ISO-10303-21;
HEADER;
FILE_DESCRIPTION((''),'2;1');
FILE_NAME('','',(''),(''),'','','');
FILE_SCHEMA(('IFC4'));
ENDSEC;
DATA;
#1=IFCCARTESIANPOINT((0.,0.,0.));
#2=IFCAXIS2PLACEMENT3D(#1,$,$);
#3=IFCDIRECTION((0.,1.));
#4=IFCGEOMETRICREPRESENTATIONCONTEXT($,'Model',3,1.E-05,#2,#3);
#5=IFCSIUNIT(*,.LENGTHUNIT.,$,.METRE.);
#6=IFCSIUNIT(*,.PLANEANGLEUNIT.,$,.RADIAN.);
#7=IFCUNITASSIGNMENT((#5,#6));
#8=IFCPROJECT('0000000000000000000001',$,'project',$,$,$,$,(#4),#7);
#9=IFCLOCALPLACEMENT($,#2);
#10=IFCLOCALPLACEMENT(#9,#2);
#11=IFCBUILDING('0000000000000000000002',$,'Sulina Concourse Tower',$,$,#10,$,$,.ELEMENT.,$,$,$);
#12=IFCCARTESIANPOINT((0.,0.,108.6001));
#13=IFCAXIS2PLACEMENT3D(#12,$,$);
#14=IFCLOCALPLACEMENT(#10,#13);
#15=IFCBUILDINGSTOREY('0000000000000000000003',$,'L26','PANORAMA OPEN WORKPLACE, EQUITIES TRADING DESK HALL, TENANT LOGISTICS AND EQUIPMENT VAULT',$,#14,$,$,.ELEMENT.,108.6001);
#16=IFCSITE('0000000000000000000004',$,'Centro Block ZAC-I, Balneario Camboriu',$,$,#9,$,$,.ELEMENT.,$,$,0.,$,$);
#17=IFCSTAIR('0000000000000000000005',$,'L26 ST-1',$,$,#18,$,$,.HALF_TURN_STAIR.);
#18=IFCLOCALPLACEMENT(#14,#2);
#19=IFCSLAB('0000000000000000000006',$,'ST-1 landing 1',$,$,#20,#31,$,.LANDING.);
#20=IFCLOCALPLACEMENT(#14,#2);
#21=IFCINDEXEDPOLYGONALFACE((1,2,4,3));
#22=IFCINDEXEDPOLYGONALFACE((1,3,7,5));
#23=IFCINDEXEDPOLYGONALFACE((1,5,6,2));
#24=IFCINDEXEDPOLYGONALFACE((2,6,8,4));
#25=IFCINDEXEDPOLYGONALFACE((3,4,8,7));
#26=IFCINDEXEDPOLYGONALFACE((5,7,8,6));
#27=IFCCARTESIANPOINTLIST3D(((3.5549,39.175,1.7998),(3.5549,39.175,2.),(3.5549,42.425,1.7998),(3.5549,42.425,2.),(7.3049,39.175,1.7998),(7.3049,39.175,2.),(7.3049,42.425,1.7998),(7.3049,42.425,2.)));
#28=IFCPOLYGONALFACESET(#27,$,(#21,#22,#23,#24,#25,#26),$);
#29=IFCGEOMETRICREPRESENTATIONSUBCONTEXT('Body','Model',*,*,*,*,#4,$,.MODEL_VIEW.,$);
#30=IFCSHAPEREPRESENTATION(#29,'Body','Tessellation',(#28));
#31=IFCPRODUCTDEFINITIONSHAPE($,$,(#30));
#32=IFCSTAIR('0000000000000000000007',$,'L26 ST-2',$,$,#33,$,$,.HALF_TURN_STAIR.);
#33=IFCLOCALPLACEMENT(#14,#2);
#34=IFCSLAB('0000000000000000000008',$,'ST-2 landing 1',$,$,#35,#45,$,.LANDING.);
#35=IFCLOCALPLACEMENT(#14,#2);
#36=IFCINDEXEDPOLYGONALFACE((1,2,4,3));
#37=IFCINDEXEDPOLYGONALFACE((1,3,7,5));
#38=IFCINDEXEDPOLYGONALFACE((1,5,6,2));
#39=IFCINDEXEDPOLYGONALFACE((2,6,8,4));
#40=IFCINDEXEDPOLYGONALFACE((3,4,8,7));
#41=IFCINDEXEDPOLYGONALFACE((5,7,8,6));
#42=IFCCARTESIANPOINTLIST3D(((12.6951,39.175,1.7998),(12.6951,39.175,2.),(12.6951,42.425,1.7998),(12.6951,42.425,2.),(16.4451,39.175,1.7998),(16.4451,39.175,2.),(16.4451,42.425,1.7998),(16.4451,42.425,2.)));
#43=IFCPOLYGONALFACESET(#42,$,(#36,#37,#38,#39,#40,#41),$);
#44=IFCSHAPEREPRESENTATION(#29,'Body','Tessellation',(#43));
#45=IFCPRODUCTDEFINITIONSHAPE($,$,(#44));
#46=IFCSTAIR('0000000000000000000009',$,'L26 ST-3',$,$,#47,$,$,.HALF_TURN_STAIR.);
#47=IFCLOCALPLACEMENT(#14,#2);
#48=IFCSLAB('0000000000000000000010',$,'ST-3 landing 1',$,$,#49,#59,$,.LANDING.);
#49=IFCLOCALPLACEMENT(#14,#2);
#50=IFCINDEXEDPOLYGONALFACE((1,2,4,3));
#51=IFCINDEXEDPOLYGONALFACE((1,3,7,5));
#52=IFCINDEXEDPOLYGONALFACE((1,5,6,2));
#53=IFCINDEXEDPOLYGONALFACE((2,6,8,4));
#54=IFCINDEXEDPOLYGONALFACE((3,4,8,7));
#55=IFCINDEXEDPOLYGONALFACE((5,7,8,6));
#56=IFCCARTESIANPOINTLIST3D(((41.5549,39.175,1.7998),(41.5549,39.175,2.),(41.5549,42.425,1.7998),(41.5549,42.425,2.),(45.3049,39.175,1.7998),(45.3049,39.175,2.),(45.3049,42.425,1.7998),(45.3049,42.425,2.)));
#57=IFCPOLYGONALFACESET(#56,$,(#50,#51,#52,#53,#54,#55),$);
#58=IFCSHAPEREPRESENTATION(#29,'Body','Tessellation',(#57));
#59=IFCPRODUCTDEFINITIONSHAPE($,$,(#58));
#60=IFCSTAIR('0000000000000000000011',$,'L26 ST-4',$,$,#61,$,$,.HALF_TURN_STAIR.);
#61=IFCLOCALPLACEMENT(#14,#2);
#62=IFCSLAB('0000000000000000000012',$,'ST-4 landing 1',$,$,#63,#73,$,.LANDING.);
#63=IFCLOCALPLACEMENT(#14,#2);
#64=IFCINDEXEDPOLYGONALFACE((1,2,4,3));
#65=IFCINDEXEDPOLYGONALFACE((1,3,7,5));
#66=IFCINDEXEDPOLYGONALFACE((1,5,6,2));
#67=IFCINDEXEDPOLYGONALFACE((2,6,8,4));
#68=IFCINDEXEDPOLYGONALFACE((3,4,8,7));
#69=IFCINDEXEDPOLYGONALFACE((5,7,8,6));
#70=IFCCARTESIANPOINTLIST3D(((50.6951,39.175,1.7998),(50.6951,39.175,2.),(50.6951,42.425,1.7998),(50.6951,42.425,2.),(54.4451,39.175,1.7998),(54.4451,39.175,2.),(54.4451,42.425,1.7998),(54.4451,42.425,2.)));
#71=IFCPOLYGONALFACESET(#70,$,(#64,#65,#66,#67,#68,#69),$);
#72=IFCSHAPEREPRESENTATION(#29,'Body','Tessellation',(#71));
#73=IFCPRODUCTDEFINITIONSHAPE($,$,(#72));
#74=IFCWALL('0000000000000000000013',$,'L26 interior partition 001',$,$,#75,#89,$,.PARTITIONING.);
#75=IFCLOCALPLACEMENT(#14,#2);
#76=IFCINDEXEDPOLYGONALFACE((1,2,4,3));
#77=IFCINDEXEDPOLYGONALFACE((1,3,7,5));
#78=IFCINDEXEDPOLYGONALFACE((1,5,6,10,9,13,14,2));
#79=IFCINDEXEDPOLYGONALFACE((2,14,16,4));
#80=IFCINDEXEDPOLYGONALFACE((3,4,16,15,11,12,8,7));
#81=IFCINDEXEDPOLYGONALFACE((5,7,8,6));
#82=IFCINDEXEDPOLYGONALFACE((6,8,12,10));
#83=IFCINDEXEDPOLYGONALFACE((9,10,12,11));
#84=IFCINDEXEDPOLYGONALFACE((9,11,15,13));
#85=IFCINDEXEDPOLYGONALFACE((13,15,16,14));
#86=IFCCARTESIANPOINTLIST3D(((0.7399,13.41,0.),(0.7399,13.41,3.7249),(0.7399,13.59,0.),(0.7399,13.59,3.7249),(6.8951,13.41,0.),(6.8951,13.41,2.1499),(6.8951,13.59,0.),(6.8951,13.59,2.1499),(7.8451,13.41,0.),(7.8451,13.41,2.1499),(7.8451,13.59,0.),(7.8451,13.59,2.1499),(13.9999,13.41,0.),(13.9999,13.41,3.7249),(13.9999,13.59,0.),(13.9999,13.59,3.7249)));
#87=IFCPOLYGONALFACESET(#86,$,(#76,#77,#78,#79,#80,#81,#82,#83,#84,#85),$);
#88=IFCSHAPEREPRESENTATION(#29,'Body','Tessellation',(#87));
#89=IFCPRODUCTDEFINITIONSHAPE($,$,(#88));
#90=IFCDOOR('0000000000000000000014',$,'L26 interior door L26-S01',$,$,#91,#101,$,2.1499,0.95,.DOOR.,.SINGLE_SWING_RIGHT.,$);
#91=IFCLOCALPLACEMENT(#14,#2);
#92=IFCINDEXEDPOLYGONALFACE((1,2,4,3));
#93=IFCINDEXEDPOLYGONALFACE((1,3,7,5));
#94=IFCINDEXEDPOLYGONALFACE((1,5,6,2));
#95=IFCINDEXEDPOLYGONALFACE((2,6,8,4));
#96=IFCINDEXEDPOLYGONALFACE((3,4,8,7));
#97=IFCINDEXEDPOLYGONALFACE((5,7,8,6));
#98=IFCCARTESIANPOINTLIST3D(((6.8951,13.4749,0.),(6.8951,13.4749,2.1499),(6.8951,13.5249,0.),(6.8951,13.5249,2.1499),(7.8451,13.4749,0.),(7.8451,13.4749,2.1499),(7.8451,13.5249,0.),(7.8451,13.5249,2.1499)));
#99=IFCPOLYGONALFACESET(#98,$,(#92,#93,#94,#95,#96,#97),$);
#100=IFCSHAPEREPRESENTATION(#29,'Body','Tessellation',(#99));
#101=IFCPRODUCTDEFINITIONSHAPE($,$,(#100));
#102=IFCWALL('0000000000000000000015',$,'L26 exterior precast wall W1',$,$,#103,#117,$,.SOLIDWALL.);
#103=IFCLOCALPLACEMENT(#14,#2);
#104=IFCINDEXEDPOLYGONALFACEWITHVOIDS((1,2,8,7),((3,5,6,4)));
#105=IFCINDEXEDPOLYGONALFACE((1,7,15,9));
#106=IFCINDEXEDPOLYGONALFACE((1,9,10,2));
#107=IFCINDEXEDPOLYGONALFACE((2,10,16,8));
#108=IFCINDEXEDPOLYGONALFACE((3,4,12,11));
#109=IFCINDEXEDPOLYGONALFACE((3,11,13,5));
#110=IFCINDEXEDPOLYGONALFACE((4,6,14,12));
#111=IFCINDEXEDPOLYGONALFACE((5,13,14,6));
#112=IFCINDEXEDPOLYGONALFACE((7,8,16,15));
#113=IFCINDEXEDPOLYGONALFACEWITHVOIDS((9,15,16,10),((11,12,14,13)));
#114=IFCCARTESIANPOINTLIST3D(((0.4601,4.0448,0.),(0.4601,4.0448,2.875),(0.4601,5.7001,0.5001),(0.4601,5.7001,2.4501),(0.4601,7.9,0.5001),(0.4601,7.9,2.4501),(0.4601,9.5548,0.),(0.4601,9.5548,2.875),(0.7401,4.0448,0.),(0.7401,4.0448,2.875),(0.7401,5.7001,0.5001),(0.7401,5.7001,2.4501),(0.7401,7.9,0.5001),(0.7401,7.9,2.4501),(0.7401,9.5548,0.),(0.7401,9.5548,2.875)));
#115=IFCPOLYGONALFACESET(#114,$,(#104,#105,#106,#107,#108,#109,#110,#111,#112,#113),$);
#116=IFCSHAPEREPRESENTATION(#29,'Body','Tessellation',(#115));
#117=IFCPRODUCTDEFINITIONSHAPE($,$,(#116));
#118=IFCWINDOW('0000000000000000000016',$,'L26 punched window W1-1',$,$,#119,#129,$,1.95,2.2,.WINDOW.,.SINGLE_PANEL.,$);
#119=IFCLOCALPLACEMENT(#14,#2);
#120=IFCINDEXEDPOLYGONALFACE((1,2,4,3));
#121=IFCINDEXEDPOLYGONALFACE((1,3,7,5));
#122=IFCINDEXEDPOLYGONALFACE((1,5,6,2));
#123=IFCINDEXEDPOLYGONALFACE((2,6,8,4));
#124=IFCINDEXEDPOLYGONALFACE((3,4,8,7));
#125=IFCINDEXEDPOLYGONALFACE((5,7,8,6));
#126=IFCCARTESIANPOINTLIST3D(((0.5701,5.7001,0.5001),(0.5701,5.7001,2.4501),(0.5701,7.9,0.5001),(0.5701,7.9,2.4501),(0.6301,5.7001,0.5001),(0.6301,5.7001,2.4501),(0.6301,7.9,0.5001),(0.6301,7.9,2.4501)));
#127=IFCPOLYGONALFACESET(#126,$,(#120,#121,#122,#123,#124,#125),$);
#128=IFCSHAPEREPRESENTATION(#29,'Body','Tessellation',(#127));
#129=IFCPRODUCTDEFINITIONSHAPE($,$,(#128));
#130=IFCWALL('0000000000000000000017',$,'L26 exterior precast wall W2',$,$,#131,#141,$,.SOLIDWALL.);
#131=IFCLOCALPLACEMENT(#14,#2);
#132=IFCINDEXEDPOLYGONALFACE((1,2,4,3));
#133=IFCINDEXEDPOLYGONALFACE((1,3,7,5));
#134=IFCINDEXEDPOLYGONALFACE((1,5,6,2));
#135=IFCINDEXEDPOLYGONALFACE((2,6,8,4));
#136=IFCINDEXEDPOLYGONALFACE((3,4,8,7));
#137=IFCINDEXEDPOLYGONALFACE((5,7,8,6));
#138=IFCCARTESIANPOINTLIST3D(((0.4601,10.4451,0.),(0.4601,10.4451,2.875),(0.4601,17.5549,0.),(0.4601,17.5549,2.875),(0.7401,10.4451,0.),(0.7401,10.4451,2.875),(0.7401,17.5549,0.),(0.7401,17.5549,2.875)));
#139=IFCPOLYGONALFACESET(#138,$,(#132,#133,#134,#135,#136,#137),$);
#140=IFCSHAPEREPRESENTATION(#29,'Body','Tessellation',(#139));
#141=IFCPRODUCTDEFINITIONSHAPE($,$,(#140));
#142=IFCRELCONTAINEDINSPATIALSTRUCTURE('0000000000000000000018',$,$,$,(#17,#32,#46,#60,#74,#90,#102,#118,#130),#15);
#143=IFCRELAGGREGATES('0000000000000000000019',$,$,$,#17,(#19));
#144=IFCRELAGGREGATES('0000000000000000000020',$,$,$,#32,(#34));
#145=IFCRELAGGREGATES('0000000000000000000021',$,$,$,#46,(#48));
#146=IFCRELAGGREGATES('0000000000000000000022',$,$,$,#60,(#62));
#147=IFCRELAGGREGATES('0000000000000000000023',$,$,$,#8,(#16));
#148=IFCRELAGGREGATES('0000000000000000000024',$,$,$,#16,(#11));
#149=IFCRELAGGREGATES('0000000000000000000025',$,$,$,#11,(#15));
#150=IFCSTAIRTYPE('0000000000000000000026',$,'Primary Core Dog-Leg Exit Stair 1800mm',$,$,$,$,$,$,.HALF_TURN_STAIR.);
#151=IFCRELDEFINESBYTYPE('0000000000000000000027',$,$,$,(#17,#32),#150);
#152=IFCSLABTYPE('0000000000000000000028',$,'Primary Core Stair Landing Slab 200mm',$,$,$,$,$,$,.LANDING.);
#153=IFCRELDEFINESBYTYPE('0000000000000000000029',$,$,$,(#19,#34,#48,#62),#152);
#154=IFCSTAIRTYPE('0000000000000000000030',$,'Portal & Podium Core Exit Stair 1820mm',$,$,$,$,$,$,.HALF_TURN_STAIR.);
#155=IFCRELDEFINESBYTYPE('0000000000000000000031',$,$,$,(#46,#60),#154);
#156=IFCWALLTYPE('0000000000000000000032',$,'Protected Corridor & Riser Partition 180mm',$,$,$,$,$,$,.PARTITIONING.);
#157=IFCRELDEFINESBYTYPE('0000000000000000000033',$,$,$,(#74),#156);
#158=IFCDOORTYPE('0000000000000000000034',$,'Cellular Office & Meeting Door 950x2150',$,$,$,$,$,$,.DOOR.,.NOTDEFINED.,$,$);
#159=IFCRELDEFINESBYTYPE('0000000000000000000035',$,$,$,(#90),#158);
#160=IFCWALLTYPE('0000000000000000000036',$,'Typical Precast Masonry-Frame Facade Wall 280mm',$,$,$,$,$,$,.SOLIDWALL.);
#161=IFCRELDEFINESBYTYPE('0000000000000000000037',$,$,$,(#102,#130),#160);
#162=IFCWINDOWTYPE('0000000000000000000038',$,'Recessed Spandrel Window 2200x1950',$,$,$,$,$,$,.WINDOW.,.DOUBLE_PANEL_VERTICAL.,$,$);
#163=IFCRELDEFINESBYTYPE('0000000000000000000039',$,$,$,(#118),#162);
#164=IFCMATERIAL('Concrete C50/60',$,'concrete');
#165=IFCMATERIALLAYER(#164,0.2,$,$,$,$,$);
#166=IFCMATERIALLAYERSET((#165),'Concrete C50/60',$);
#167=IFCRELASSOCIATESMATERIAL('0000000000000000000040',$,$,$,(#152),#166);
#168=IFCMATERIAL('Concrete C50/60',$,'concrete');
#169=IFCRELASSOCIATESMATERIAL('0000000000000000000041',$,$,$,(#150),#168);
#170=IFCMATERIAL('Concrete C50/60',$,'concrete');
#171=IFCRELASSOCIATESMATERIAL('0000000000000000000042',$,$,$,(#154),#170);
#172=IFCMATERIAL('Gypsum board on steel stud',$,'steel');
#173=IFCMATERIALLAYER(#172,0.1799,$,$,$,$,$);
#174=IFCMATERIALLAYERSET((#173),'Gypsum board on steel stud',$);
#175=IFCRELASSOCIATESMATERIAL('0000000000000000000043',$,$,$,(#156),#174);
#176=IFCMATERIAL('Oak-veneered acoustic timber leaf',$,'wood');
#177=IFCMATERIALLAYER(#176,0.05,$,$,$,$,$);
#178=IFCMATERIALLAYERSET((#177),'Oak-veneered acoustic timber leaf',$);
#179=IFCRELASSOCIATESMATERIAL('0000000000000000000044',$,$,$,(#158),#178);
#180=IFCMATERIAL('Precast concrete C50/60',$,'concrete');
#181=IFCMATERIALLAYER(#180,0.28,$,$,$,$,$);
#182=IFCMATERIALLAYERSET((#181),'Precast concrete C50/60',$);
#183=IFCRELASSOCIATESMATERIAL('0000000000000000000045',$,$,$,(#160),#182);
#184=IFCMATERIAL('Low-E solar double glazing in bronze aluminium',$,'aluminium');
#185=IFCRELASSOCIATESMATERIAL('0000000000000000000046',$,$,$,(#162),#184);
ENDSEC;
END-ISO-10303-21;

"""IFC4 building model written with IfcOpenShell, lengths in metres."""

from ifc_helpers import new_model, si_unit, direction, frame, frame_2d, origin, place, context, subcontext, project, spatial, polyline, rectangle, outline, extrude, material, layer, layer_set, type_object, element, fill, aggregate, save


model = new_model("IFC4")

# Units and contexts
model_context = context("Model", 3, precision=1e-05, world=origin(), true_north=direction((0.0, 1.0)))
body_context = subcontext(model_context, "Body", "Model", "MODEL_VIEW")
ifc_project = project(units=[si_unit("LENGTHUNIT", "METRE"), si_unit("PLANEANGLEUNIT", "RADIAN")], contexts=[model_context])

# Site, building, storey
site_placement = place(None, origin())
site = spatial("IfcSite", under=ifc_project, at=site_placement, Name="Centro Block ZAC-I, Balneario Camboriu", CompositionType="ELEMENT", RefElevation=0.0)
building_placement = place(site_placement, origin())
building = spatial("IfcBuilding", under=site, at=building_placement, Name="Sulina Concourse Tower", CompositionType="ELEMENT")
storey_placement = place(building_placement, frame((0.0, 0.0, 108.6001)))
storey = spatial("IfcBuildingStorey", under=building, at=storey_placement, Name="L26", Description="PANORAMA OPEN WORKPLACE, EQUITIES TRADING DESK HALL, TENANT LOGISTICS AND EQUIPMENT VAULT", CompositionType="ELEMENT", Elevation=108.6001)

# Shared definitions
ifc_material_1 = material(Name="Concrete C50/60", Category="concrete")
ifc_layer_1 = layer(ifc_material_1, 0.2)
ifc_layer_set_1 = layer_set([ifc_layer_1], Name="Concrete C50/60")
slab_type_1 = type_object("IfcSlabType", Name="Primary Core Stair Landing Slab 200mm", PredefinedType="LANDING", material=ifc_layer_set_1)

# Stairs, slabs
ifc_material_2 = material(Name="Concrete C50/60", Category="concrete")
stair_type_1 = type_object("IfcStairType", Name="Primary Core Dog-Leg Exit Stair 1800mm", PredefinedType="HALF_TURN_STAIR", material=ifc_material_2)
stair_1_placement = place(storey_placement, origin())
stair_1 = element("IfcStair", 1, at=stair_1_placement, inside=storey, type_object=stair_type_1, Name="L26 ST-1", PredefinedType="HALF_TURN_STAIR")
slab_1_placement = place(storey_placement, frame((0.0, 0.0, 1.7998)))
slab_1 = element("IfcSlab", 2, at=slab_1_placement, type_object=slab_type_1, Name="ST-1 landing 1", PredefinedType="LANDING", context=body_context, shape_type="SweptSolid", body=[
    extrude(outline(polyline([(7.3049, 39.175), (7.3049, 42.425), (3.5549, 42.425), (3.5549, 39.175), (7.3049, 39.175)])), origin(), (0.0, 0.0, 1.0), 0.2002),
])
aggregate(stair_1, [slab_1])
stair_2_placement = place(storey_placement, origin())
stair_2 = element("IfcStair", 3, at=stair_2_placement, inside=storey, type_object=stair_type_1, Name="L26 ST-2", PredefinedType="HALF_TURN_STAIR")
slab_2_placement = place(storey_placement, frame((0.0, 0.0, 1.7998)))
slab_2 = element("IfcSlab", 4, at=slab_2_placement, type_object=slab_type_1, Name="ST-2 landing 1", PredefinedType="LANDING", context=body_context, shape_type="SweptSolid", body=[
    extrude(outline(polyline([(16.4451, 39.175), (16.4451, 42.425), (12.6951, 42.425), (12.6951, 39.175), (16.4451, 39.175)])), origin(), (0.0, 0.0, 1.0), 0.2002),
])
aggregate(stair_2, [slab_2])
ifc_material_3 = material(Name="Concrete C50/60", Category="concrete")
stair_type_2 = type_object("IfcStairType", Name="Portal & Podium Core Exit Stair 1820mm", PredefinedType="HALF_TURN_STAIR", material=ifc_material_3)
stair_3_placement = place(storey_placement, origin())
stair_3 = element("IfcStair", 5, at=stair_3_placement, inside=storey, type_object=stair_type_2, Name="L26 ST-3", PredefinedType="HALF_TURN_STAIR")
slab_3_placement = place(storey_placement, frame((0.0, 0.0, 1.7998)))
slab_3 = element("IfcSlab", 6, at=slab_3_placement, type_object=slab_type_1, Name="ST-3 landing 1", PredefinedType="LANDING", context=body_context, shape_type="SweptSolid", body=[
    extrude(outline(polyline([(45.3049, 39.175), (45.3049, 42.425), (41.5549, 42.425), (41.5549, 39.175), (45.3049, 39.175)])), origin(), (0.0, 0.0, 1.0), 0.2002),
])
aggregate(stair_3, [slab_3])
stair_4_placement = place(storey_placement, origin())
stair_4 = element("IfcStair", 7, at=stair_4_placement, inside=storey, type_object=stair_type_2, Name="L26 ST-4", PredefinedType="HALF_TURN_STAIR")
slab_4_placement = place(storey_placement, frame((0.0, 0.0, 1.7998)))
slab_4 = element("IfcSlab", 8, at=slab_4_placement, type_object=slab_type_1, Name="ST-4 landing 1", PredefinedType="LANDING", context=body_context, shape_type="SweptSolid", body=[
    extrude(outline(polyline([(54.4451, 39.175), (54.4451, 42.425), (50.6951, 42.425), (50.6951, 39.175), (54.4451, 39.175)])), origin(), (0.0, 0.0, 1.0), 0.2002),
])
aggregate(stair_4, [slab_4])

# Wall, opening, door
ifc_material_4 = material(Name="Gypsum board on steel stud", Category="steel")
ifc_layer_2 = layer(ifc_material_4, 0.1799)
ifc_layer_set_2 = layer_set([ifc_layer_2], Name="Gypsum board on steel stud")
wall_type_1 = type_object("IfcWallType", Name="Protected Corridor & Riser Partition 180mm", PredefinedType="PARTITIONING", material=ifc_layer_set_2)
wall_1_placement = place(storey_placement, frame((0.74, 13.5, 0.0), z_axis=(0.0, 0.0, 1.0), x_axis=(1.0, 0.0, 0.0)))
wall_1 = element("IfcWall", 9, at=wall_1_placement, inside=storey, type_object=wall_type_1, Name="L26 interior partition 001", PredefinedType="PARTITIONING", context=body_context, shape_type="SweptSolid", body=[
    extrude(rectangle(XDim=13.26, YDim=0.1799, at=frame_2d((6.6299, 0.0))), origin(), (0.0, 0.0, 1.0), 3.7249),
])
opening_1_placement = place(wall_1_placement, frame((6.155, 0.0, 0.0)))
opening_1 = element("IfcOpeningElement", 10, at=opening_1_placement, cuts=wall_1, PredefinedType="OPENING", context=body_context, shape_type="SweptSolid", body=[
    extrude(rectangle(XDim=0.95, YDim=2.1499, at=frame_2d((0.4751, 1.075))), frame((0.0, 0.0999, 0.0), z_axis=(0.0, -1.0, 0.0), x_axis=(1.0, 0.0, 0.0)), (0.0, 0.0, 1.0), 0.2),
])
ifc_material_5 = material(Name="Oak-veneered acoustic timber leaf", Category="wood")
ifc_layer_3 = layer(ifc_material_5, 0.05)
ifc_layer_set_3 = layer_set([ifc_layer_3], Name="Oak-veneered acoustic timber leaf")
door_type = type_object("IfcDoorType", Name="Cellular Office & Meeting Door 950x2150", OperationType="NOTDEFINED", PredefinedType="DOOR", material=ifc_layer_set_3)
door_placement = place(opening_1_placement, origin())
door = element("IfcDoor", 11, at=door_placement, inside=storey, type_object=door_type, Name="L26 interior door L26-S01", OperationType="SINGLE_SWING_RIGHT", OverallHeight=2.1499, OverallWidth=0.95, PredefinedType="DOOR", context=body_context, shape_type="SweptSolid", body=[
    extrude(rectangle(XDim=0.95, YDim=2.1499, at=frame_2d((0.4751, 1.075))), frame((0.0, 0.0249, 0.0), z_axis=(0.0, -1.0, 0.0), x_axis=(1.0, 0.0, 0.0)), (0.0, 0.0, 1.0), 0.05),
])
fill(opening_1, door)

# Wall, opening, window
ifc_material_6 = material(Name="Precast concrete C50/60", Category="concrete")
ifc_layer_4 = layer(ifc_material_6, 0.28)
ifc_layer_set_4 = layer_set([ifc_layer_4], Name="Precast concrete C50/60")
wall_type_2 = type_object("IfcWallType", Name="Typical Precast Masonry-Frame Facade Wall 280mm", PredefinedType="SOLIDWALL", material=ifc_layer_set_4)
wall_2_placement = place(storey_placement, frame((0.6001, 4.0449, 0.0), z_axis=(0.0, 0.0, 1.0), x_axis=(0.0, 1.0, 0.0)))
wall_2 = element("IfcWall", 12, at=wall_2_placement, inside=storey, type_object=wall_type_2, Name="L26 exterior precast wall W1", PredefinedType="SOLIDWALL", context=body_context, shape_type="SweptSolid", body=[
    extrude(rectangle(XDim=5.51, YDim=0.28, at=frame_2d((2.7549, 0.0))), origin(), (0.0, 0.0, 1.0), 2.875),
])
opening_2_placement = place(wall_2_placement, frame((1.655, 0.0, 0.5)))
opening_2 = element("IfcOpeningElement", 13, at=opening_2_placement, cuts=wall_2, PredefinedType="OPENING", context=body_context, shape_type="SweptSolid", body=[
    extrude(rectangle(XDim=2.2, YDim=1.95, at=frame_2d((1.1001, 0.9751))), frame((0.0, 0.1499, 0.0), z_axis=(0.0, -1.0, 0.0), x_axis=(1.0, 0.0, 0.0)), (0.0, 0.0, 1.0), 0.3),
])
ifc_material_7 = material(Name="Low-E solar double glazing in bronze aluminium", Category="aluminium")
window_type = type_object("IfcWindowType", Name="Recessed Spandrel Window 2200x1950", PartitioningType="DOUBLE_PANEL_VERTICAL", PredefinedType="WINDOW", material=ifc_material_7)
window_placement = place(opening_2_placement, origin())
window = element("IfcWindow", 14, at=window_placement, inside=storey, type_object=window_type, Name="L26 punched window W1-1", OverallHeight=1.95, OverallWidth=2.2, PartitioningType="SINGLE_PANEL", PredefinedType="WINDOW", context=body_context, shape_type="SweptSolid", body=[
    extrude(rectangle(XDim=2.2, YDim=1.95, at=frame_2d((1.1001, 0.9751))), frame((0.0, 0.03, 0.0), z_axis=(0.0, -1.0, 0.0), x_axis=(1.0, 0.0, 0.0)), (0.0, 0.0, 1.0), 0.0601),
])
fill(opening_2, window)

# Wall
wall_3_placement = place(storey_placement, frame((0.6001, 10.4451, 0.0), z_axis=(0.0, 0.0, 1.0), x_axis=(0.0, 1.0, 0.0)))
element("IfcWall", 15, at=wall_3_placement, inside=storey, type_object=wall_type_2, Name="L26 exterior precast wall W2", PredefinedType="SOLIDWALL", context=body_context, shape_type="SweptSolid", body=[
    extrude(rectangle(XDim=7.1099, YDim=0.28, at=frame_2d((3.5549, 0.0))), origin(), (0.0, 0.0, 1.0), 2.875),
])

save(model, "model.ifc")
